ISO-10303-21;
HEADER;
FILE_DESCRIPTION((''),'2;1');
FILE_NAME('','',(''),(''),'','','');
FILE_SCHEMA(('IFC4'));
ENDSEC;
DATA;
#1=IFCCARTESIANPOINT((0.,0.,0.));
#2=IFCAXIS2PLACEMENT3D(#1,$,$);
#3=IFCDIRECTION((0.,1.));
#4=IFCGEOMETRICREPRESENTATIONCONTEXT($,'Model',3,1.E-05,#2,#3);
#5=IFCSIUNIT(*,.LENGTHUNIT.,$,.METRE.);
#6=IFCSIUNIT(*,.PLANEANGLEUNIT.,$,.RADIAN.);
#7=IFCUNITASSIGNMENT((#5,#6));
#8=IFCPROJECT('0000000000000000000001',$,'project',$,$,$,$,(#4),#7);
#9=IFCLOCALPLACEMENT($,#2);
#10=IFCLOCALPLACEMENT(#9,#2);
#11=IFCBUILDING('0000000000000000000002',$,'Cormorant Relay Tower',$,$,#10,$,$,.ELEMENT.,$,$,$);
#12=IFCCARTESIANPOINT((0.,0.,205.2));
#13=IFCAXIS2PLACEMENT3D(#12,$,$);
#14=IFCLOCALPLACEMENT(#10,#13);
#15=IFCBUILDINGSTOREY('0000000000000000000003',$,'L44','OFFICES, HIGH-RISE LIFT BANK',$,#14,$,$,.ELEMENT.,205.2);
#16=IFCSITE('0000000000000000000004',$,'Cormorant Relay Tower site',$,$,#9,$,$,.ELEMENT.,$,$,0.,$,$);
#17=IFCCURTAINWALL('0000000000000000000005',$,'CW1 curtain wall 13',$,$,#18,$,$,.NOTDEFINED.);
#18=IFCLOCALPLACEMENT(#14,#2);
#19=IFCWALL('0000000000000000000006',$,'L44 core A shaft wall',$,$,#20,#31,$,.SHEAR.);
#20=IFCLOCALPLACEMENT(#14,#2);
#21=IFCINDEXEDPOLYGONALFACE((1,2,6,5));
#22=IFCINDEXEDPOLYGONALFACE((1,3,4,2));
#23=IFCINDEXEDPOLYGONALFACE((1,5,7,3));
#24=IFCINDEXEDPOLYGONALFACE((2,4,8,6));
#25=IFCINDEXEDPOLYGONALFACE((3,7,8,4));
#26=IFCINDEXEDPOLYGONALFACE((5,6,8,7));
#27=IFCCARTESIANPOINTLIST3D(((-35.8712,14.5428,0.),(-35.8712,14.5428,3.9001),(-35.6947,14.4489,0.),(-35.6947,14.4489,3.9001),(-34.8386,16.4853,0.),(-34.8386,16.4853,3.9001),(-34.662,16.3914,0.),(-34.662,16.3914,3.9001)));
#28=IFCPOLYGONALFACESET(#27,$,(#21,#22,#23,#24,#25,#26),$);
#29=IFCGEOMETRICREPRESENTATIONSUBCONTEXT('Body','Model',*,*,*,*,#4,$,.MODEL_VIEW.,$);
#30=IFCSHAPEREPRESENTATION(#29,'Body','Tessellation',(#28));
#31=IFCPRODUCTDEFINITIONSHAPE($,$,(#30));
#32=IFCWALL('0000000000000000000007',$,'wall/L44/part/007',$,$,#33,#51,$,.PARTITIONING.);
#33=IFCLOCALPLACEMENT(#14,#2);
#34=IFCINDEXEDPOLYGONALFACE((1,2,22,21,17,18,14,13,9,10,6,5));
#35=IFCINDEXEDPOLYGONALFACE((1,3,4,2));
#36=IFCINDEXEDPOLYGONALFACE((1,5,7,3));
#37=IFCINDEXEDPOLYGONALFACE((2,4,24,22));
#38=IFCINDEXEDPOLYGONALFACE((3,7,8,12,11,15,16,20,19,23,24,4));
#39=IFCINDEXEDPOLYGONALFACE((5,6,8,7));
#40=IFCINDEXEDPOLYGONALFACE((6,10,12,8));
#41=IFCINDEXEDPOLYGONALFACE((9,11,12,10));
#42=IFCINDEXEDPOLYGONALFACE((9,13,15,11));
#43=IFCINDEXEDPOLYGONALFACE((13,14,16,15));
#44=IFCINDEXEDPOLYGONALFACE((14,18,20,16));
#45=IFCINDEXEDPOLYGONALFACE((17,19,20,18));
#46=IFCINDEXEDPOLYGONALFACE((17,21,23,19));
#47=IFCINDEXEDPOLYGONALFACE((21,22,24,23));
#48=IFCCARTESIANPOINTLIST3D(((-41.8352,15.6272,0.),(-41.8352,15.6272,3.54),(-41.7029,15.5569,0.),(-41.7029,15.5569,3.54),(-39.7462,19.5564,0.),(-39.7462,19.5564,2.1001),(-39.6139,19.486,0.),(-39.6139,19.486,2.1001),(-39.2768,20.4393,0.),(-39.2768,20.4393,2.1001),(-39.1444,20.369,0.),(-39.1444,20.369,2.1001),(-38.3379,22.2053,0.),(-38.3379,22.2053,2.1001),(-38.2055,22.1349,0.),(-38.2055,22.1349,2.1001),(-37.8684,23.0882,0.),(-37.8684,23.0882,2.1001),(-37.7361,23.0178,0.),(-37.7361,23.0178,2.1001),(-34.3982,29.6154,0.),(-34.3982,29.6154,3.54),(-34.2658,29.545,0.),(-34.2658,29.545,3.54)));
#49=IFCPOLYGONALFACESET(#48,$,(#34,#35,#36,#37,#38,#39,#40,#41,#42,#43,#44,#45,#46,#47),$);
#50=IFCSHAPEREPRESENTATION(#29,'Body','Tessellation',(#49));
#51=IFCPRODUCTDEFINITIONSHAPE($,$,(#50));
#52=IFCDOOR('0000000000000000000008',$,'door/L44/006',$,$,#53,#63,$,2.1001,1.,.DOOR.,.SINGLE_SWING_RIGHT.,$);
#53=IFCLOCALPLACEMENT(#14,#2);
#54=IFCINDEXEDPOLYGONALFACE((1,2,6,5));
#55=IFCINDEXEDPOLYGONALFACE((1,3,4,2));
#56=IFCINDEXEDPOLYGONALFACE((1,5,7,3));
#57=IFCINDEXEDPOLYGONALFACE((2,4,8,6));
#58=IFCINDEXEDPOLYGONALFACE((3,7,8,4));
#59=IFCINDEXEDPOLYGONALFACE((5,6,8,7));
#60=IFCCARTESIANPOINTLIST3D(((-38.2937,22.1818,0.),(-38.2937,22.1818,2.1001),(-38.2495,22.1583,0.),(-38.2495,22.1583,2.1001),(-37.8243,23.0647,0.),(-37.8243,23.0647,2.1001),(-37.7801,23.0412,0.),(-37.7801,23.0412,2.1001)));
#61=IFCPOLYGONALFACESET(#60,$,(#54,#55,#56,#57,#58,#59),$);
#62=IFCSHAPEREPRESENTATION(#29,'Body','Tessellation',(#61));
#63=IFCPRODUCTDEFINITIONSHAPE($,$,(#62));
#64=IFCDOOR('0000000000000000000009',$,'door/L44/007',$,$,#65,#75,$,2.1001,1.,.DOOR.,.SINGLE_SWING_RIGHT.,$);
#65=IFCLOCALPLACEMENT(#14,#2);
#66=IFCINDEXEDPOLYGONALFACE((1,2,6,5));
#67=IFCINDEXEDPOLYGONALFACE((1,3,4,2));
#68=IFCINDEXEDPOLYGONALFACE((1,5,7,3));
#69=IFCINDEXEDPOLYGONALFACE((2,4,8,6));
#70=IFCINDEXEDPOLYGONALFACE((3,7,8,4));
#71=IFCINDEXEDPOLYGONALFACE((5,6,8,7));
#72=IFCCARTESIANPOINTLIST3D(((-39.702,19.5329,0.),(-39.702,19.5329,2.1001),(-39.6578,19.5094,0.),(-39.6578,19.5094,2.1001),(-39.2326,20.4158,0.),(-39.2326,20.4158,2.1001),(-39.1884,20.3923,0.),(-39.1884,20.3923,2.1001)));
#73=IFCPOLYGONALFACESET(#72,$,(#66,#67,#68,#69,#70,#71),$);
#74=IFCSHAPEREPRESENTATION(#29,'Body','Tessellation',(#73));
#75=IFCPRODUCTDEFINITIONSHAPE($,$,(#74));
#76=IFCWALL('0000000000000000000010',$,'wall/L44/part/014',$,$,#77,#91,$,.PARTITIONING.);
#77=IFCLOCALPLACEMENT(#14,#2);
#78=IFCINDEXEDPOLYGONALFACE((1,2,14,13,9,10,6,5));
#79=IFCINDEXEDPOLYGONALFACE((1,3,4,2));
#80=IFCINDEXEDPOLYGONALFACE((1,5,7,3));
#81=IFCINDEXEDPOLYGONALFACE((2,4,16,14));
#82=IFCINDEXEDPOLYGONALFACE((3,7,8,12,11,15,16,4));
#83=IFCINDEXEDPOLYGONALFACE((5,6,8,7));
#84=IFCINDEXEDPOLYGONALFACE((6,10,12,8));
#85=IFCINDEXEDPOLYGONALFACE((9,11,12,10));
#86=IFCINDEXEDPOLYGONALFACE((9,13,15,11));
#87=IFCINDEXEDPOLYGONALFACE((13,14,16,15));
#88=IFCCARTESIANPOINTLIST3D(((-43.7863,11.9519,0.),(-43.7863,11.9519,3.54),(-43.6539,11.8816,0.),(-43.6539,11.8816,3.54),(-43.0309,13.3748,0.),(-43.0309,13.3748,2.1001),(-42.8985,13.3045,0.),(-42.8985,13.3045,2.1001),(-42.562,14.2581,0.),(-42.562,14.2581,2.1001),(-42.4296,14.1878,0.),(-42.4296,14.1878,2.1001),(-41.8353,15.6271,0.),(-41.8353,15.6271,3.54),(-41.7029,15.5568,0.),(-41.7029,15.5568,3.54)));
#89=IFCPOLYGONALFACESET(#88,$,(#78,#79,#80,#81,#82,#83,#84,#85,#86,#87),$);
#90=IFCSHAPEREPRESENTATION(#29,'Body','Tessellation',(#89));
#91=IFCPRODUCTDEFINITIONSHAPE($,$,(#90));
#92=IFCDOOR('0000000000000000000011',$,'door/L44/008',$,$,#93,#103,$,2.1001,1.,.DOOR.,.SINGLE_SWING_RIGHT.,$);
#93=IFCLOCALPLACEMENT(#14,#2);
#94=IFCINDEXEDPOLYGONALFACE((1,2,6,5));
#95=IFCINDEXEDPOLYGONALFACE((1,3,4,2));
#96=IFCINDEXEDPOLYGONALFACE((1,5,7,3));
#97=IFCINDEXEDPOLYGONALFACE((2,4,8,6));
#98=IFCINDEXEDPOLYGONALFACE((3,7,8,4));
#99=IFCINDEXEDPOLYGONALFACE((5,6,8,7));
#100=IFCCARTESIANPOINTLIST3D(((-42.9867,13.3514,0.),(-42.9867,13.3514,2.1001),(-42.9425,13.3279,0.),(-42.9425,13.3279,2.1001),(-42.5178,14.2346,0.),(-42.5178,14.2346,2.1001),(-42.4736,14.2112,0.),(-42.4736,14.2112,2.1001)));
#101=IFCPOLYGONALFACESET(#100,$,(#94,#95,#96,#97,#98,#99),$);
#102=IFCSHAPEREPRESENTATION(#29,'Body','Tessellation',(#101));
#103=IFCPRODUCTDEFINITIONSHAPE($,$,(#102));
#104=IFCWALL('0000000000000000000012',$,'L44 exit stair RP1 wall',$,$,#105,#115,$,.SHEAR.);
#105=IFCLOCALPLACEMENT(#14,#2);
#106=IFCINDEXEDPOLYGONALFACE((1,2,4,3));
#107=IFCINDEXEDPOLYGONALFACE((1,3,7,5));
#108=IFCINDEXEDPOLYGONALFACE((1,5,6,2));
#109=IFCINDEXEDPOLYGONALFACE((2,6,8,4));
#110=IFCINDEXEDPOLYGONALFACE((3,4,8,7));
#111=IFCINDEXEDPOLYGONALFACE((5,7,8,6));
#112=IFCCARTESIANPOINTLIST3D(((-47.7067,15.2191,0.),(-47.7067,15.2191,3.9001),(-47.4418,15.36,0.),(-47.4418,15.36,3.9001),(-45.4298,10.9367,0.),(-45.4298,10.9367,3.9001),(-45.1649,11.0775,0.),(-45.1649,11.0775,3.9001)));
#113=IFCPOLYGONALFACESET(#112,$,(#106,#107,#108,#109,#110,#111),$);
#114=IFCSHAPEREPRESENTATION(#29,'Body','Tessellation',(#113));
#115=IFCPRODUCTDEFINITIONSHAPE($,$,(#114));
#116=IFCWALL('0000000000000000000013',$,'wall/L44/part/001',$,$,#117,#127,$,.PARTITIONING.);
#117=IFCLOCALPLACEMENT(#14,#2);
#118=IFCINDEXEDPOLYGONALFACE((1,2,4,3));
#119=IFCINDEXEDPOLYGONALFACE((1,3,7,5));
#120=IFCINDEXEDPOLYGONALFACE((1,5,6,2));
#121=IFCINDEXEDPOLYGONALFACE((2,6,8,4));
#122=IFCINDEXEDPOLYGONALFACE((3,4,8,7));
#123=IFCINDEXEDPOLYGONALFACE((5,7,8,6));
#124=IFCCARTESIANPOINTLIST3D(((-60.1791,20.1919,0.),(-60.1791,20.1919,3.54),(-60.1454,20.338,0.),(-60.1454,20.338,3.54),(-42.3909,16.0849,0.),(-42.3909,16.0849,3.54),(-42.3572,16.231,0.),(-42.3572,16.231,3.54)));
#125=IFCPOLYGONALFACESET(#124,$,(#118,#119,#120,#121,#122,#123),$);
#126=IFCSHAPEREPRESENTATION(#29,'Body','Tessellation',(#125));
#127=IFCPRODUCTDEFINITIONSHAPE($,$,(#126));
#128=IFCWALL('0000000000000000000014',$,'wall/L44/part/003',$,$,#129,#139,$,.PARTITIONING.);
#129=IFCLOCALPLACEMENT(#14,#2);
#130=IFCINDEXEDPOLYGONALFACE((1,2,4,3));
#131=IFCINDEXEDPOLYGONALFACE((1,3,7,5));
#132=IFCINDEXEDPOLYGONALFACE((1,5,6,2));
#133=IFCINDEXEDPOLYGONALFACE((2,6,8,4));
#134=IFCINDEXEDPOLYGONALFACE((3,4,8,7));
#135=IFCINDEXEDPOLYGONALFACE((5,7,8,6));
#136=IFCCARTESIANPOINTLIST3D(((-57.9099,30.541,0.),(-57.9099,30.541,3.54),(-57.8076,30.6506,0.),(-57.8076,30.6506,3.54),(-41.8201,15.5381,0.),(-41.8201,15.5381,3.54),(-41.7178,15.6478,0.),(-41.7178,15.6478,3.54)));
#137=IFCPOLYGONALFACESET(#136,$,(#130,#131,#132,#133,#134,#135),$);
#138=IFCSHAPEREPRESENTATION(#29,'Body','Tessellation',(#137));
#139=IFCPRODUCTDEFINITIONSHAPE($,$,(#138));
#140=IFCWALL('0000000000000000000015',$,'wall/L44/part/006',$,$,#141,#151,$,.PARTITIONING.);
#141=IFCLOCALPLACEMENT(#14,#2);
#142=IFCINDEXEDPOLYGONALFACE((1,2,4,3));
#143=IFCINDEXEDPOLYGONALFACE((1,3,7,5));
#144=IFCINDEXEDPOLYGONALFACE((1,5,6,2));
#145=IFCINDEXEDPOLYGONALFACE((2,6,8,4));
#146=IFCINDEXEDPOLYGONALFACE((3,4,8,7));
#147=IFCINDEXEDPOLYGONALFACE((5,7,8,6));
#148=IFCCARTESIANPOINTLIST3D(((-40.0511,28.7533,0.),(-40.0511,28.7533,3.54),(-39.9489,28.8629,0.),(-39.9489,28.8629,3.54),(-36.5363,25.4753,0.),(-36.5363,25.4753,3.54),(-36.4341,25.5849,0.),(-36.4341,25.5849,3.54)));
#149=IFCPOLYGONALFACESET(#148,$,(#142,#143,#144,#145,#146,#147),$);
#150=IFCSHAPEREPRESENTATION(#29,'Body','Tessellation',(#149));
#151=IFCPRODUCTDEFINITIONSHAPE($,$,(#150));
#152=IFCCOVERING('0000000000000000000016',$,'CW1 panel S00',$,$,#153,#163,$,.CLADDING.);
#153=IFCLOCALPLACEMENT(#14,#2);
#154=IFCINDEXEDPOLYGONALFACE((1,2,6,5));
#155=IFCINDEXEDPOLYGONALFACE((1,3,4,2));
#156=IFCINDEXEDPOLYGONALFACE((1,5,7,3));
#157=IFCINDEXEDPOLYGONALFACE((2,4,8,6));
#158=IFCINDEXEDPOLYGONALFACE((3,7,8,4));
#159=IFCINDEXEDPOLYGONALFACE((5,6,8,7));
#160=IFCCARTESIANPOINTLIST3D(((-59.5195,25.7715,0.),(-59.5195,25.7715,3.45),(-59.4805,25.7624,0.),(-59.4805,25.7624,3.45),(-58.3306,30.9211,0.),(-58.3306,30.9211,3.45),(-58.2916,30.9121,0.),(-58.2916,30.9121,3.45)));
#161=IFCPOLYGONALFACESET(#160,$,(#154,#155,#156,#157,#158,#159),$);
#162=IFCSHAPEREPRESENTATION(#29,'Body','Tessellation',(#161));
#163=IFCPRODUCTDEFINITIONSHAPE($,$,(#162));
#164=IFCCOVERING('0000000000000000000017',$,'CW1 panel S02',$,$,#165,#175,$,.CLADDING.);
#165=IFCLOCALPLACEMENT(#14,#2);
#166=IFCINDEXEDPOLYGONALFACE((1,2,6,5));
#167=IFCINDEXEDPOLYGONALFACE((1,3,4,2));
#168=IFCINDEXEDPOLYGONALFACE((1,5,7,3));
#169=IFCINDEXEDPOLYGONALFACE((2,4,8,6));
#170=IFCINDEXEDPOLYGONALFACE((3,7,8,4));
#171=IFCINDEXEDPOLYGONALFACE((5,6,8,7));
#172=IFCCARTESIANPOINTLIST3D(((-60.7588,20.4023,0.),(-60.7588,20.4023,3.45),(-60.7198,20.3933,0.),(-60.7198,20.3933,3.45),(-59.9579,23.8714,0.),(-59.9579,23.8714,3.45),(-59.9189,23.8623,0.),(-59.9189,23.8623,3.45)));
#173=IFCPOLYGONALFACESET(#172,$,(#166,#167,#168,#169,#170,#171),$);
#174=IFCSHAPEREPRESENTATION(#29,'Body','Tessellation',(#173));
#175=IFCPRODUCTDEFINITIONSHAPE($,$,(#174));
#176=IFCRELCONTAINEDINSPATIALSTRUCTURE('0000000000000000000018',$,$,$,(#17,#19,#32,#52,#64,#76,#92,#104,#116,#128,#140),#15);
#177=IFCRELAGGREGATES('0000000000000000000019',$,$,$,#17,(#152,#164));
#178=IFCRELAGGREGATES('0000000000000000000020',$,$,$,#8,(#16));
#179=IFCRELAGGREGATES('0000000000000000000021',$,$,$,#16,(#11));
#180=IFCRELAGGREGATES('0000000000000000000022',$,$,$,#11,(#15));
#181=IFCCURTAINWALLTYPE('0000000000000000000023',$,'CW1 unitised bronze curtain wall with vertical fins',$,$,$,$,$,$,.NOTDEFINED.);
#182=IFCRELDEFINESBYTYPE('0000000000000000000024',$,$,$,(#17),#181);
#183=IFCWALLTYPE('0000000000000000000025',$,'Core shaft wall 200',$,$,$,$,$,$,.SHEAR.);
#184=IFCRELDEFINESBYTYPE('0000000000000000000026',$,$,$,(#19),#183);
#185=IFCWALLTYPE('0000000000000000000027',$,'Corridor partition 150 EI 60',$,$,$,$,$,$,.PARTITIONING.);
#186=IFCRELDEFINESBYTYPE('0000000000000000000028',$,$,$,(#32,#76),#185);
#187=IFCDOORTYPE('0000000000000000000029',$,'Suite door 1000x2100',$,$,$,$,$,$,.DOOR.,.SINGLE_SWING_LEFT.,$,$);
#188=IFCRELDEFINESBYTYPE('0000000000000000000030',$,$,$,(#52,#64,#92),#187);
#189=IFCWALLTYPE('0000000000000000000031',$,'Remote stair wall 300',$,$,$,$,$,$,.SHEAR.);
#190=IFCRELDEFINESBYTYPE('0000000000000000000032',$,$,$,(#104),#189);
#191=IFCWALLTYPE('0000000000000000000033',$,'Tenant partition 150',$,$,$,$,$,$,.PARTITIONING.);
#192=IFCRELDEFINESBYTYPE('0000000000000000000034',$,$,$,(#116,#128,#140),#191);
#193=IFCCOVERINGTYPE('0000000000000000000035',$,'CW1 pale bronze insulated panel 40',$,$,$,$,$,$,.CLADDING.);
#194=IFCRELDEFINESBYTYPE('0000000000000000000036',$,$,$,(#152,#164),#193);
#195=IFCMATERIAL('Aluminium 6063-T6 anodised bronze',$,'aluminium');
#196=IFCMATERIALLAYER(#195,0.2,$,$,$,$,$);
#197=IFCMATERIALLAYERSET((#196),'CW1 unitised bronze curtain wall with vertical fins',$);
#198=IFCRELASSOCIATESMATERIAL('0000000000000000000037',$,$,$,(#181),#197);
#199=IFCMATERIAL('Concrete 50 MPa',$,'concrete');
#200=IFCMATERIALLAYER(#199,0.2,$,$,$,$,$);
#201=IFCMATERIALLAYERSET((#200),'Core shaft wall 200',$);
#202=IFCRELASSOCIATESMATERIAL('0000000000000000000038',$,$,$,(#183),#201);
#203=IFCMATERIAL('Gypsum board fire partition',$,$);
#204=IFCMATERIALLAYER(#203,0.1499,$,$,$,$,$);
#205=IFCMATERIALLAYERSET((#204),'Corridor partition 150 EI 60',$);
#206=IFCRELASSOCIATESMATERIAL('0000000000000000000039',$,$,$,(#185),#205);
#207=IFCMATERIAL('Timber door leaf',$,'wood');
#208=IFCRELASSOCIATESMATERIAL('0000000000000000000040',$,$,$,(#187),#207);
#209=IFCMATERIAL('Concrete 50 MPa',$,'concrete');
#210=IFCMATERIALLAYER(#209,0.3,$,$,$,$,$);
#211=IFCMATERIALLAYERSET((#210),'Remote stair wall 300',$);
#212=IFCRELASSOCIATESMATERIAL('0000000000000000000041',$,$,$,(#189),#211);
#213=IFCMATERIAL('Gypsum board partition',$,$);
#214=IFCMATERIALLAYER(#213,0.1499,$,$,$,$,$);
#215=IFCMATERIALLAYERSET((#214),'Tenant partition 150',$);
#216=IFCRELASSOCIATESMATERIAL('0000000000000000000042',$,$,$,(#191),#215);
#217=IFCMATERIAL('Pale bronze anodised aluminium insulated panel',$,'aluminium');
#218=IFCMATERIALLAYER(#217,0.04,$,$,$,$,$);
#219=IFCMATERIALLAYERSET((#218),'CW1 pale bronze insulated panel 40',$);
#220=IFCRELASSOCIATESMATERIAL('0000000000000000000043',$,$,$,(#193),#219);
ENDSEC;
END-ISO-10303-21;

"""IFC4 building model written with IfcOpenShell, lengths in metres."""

from ifc_helpers import new_model, si_unit, direction, frame, frame_2d, origin, origin_2d, place, context, subcontext, project, spatial, rectangle, extrude, material, layer, layer_set, type_object, element, fill, aggregate, save


model = new_model("IFC4")

# Units and contexts
model_context = context("Model", 3, precision=1e-05, world=origin(), true_north=direction((0.0, 1.0)))
body_context = subcontext(model_context, "Body", "Model", "MODEL_VIEW")
ifc_project = project(units=[si_unit("LENGTHUNIT", "METRE"), si_unit("PLANEANGLEUNIT", "RADIAN")], contexts=[model_context])

# Site, building, storey
site_placement = place(None, origin())
site = spatial("IfcSite", under=ifc_project, at=site_placement, Name="Cormorant Relay Tower site", CompositionType="ELEMENT", RefElevation=0.0)
building_placement = place(site_placement, origin())
building = spatial("IfcBuilding", under=site, at=building_placement, Name="Cormorant Relay Tower", CompositionType="ELEMENT")
storey_placement = place(building_placement, frame((0.0, 0.0, 205.2)))
storey = spatial("IfcBuildingStorey", under=building, at=storey_placement, Name="L44", Description="OFFICES, HIGH-RISE LIFT BANK", CompositionType="ELEMENT", Elevation=205.2)

# Curtain wall
ifc_material_1 = material(Name="Aluminium 6063-T6 anodised bronze", Category="aluminium")
ifc_layer_1 = layer(ifc_material_1, 0.2)
ifc_layer_set_1 = layer_set([ifc_layer_1], Name="CW1 unitised bronze curtain wall with vertical fins")
curtain_wall_type = type_object("IfcCurtainWallType", Name="CW1 unitised bronze curtain wall with vertical fins", PredefinedType="NOTDEFINED", material=ifc_layer_set_1)
curtain_wall_1_placement = place(storey_placement, origin())
curtain_wall_1 = element("IfcCurtainWall", 1, at=curtain_wall_1_placement, inside=storey, type_object=curtain_wall_type, Name="CW1 curtain wall 13", PredefinedType="NOTDEFINED")

# Wall
ifc_material_2 = material(Name="Concrete 50 MPa", Category="concrete")
ifc_layer_2 = layer(ifc_material_2, 0.2)
ifc_layer_set_2 = layer_set([ifc_layer_2], Name="Core shaft wall 200")
wall_type_1 = type_object("IfcWallType", Name="Core shaft wall 200", PredefinedType="SHEAR", material=ifc_layer_set_2)
wall_1_placement = place(storey_placement, frame((-34.7502, 16.4385, 0.0), z_axis=(0.0, 0.0, 1.0), x_axis=(-0.469401, -0.882985, 0.0)))
element("IfcWall", 2, at=wall_1_placement, inside=storey, type_object=wall_type_1, Name="L44 core A shaft wall", PredefinedType="SHEAR", context=body_context, shape_type="SweptSolid", body=[
    extrude(rectangle(XDim=2.2, YDim=0.2, at=frame_2d((1.1001, 0.0))), origin(), (0.0, 0.0, 1.0), 3.9001),
])

# Wall, openings, doors
ifc_material_3 = material(Name="Gypsum board fire partition")
ifc_layer_3 = layer(ifc_material_3, 0.1499)
ifc_layer_set_3 = layer_set([ifc_layer_3], Name="Corridor partition 150 EI 60")
wall_type_2 = type_object("IfcWallType", Name="Corridor partition 150 EI 60", PredefinedType="PARTITIONING", material=ifc_layer_set_3)
wall_2_placement = place(storey_placement, frame((-41.769, 15.592, 0.0), z_axis=(0.0, 0.0, 1.0), x_axis=(0.469444, 0.882962, 0.0)))
wall_2 = element("IfcWall", 3, at=wall_2_placement, inside=storey, type_object=wall_type_2, Name="wall/L44/part/007", PredefinedType="PARTITIONING", context=body_context, shape_type="SweptSolid", body=[
    extrude(rectangle(XDim=15.8423, YDim=0.1499, at=frame_2d((7.9211, 0.0))), origin(), (0.0, 0.0, 1.0), 3.54),
])
opening_1_placement = place(wall_2_placement, frame((7.45, 0.0, 0.0)))
opening_1 = element("IfcOpeningElement", 4, at=opening_1_placement, cuts=wall_2, PredefinedType="OPENING", context=body_context, shape_type="SweptSolid", body=[
    extrude(rectangle(XDim=1.0, YDim=2.1001, at=frame_2d((0.5, 1.05))), frame((0.0, 0.085, 0.0), z_axis=(0.0, -1.0, 0.0), x_axis=(1.0, 0.0, 0.0)), (0.0, 0.0, 1.0), 0.1699),
])
opening_2_placement = place(wall_2_placement, frame((4.45, 0.0, 0.0)))
opening_2 = element("IfcOpeningElement", 5, at=opening_2_placement, cuts=wall_2, PredefinedType="OPENING", context=body_context, shape_type="SweptSolid", body=[
    extrude(rectangle(XDim=1.0, YDim=2.1001, at=frame_2d((0.5, 1.05))), frame((0.0, 0.085, 0.0), z_axis=(0.0, -1.0, 0.0), x_axis=(1.0, 0.0, 0.0)), (0.0, 0.0, 1.0), 0.1699),
])
ifc_material_4 = material(Name="Timber door leaf", Category="wood")
door_type = type_object("IfcDoorType", Name="Suite door 1000x2100", OperationType="SINGLE_SWING_LEFT", PredefinedType="DOOR", material=ifc_material_4)
door_1_placement = place(opening_1_placement, origin())
door_1 = element("IfcDoor", 6, at=door_1_placement, inside=storey, type_object=door_type, Name="door/L44/006", OperationType="SINGLE_SWING_RIGHT", OverallHeight=2.1001, OverallWidth=1.0, PredefinedType="DOOR", context=body_context, shape_type="SweptSolid", body=[
    extrude(rectangle(XDim=1.0, YDim=2.1001, at=frame_2d((0.5, 1.05))), frame((0.0, 0.0249, 0.0), z_axis=(0.0, -1.0, 0.0), x_axis=(1.0, 0.0, 0.0)), (0.0, 0.0, 1.0), 0.05),
])
fill(opening_1, door_1)
door_2_placement = place(opening_2_placement, origin())
door_2 = element("IfcDoor", 7, at=door_2_placement, inside=storey, type_object=door_type, Name="door/L44/007", OperationType="SINGLE_SWING_RIGHT", OverallHeight=2.1001, OverallWidth=1.0, PredefinedType="DOOR", context=body_context, shape_type="SweptSolid", body=[
    extrude(rectangle(XDim=1.0, YDim=2.1001, at=frame_2d((0.5, 1.05))), frame((0.0, 0.0249, 0.0), z_axis=(0.0, -1.0, 0.0), x_axis=(1.0, 0.0, 0.0)), (0.0, 0.0, 1.0), 0.05),
])
fill(opening_2, door_2)

# Wall, opening, door
wall_3_placement = place(storey_placement, frame((-41.769, 15.592, 0.0), z_axis=(0.0, 0.0, 1.0), x_axis=(-0.468885, -0.883259, 0.0)))
wall_3 = element("IfcWall", 8, at=wall_3_placement, inside=storey, type_object=wall_type_2, Name="wall/L44/part/014", PredefinedType="PARTITIONING", context=body_context, shape_type="SweptSolid", body=[
    extrude(rectangle(XDim=4.1609, YDim=0.1499, at=frame_2d((2.0806, 0.0))), origin(), (0.0, 0.0, 1.0), 3.54),
])
opening_3_placement = place(wall_3_placement, frame((1.55, 0.0, 0.0)))
opening_3 = element("IfcOpeningElement", 9, at=opening_3_placement, cuts=wall_3, PredefinedType="OPENING", context=body_context, shape_type="SweptSolid", body=[
    extrude(rectangle(XDim=1.0, YDim=2.1001, at=frame_2d((0.5, 1.05))), frame((0.0, 0.085, 0.0), z_axis=(0.0, -1.0, 0.0), x_axis=(1.0, 0.0, 0.0)), (0.0, 0.0, 1.0), 0.1699),
])
door_3_placement = place(opening_3_placement, frame((1.0, 0.0, 0.0), z_axis=(0.0, 0.0, 1.0), x_axis=(-1.0, 0.0, 0.0)))
door_3 = element("IfcDoor", 10, at=door_3_placement, inside=storey, type_object=door_type, Name="door/L44/008", OperationType="SINGLE_SWING_RIGHT", OverallHeight=2.1001, OverallWidth=1.0, PredefinedType="DOOR", context=body_context, shape_type="SweptSolid", body=[
    extrude(rectangle(XDim=1.0, YDim=2.1001, at=frame_2d((0.5, 1.05))), frame((0.0, 0.0249, 0.0), z_axis=(0.0, -1.0, 0.0), x_axis=(1.0, 0.0, 0.0)), (0.0, 0.0, 1.0), 0.05),
])
fill(opening_3, door_3)

# Walls
ifc_material_5 = material(Name="Concrete 50 MPa", Category="concrete")
ifc_layer_4 = layer(ifc_material_5, 0.3)
ifc_layer_set_4 = layer_set([ifc_layer_4], Name="Remote stair wall 300")
wall_type_3 = type_object("IfcWallType", Name="Remote stair wall 300", PredefinedType="SHEAR", material=ifc_layer_set_4)
wall_4_placement = place(storey_placement, frame((-47.5742, 15.2896, 0.0), z_axis=(0.0, 0.0, 1.0), x_axis=(0.469443, -0.882963, 0.0)))
element("IfcWall", 11, at=wall_4_placement, inside=storey, type_object=wall_type_3, Name="L44 exit stair RP1 wall", PredefinedType="SHEAR", context=body_context, shape_type="SweptSolid", body=[
    extrude(rectangle(XDim=4.8501, YDim=0.3, at=frame_2d((2.425, 0.0))), origin(), (0.0, 0.0, 1.0), 3.9001),
])
ifc_material_6 = material(Name="Gypsum board partition")
ifc_layer_5 = layer(ifc_material_6, 0.1499)
ifc_layer_set_5 = layer_set([ifc_layer_5], Name="Tenant partition 150")
wall_type_4 = type_object("IfcWallType", Name="Tenant partition 150", PredefinedType="PARTITIONING", material=ifc_layer_set_5)
wall_5_placement = place(storey_placement, frame((-60.1621, 20.2649, 0.0), z_axis=(0.0, 0.0, 1.0), x_axis=(0.974367, -0.224963, 0.0)))
element("IfcWall", 12, at=wall_5_placement, inside=storey, type_object=wall_type_4, Name="wall/L44/part/001", PredefinedType="PARTITIONING", context=body_context, shape_type="SweptSolid", body=[
    extrude(rectangle(XDim=18.2561, YDim=0.1499, at=frame_2d((9.1279, 0.0))), origin(), (0.0, 0.0, 1.0), 3.54),
])
wall_6_placement = place(storey_placement, frame((-41.769, 15.593, 0.0), z_axis=(0.0, 0.0, 1.0), x_axis=(-0.731378, 0.681972, 0.0)))
element("IfcWall", 13, at=wall_6_placement, inside=storey, type_object=wall_type_4, Name="wall/L44/part/003", PredefinedType="PARTITIONING", context=body_context, shape_type="SweptSolid", body=[
    extrude(rectangle(XDim=21.9993, YDim=0.1499, at=frame_2d((10.9995, 0.0))), origin(), (0.0, 0.0, 1.0), 3.54),
])
wall_7_placement = place(storey_placement, frame((-40.0, 28.8081, 0.0), z_axis=(0.0, 0.0, 1.0), x_axis=(0.731314, -0.682041, 0.0)))
element("IfcWall", 14, at=wall_7_placement, inside=storey, type_object=wall_type_4, Name="wall/L44/part/006", PredefinedType="PARTITIONING", context=body_context, shape_type="SweptSolid", body=[
    extrude(rectangle(XDim=4.8062, YDim=0.1499, at=frame_2d((2.4031, 0.0))), origin(), (0.0, 0.0, 1.0), 3.54),
])

# Coverings
ifc_material_7 = material(Name="Pale bronze anodised aluminium insulated panel", Category="aluminium")
ifc_layer_6 = layer(ifc_material_7, 0.04)
ifc_layer_set_6 = layer_set([ifc_layer_6], Name="CW1 pale bronze insulated panel 40")
covering_type = type_object("IfcCoveringType", Name="CW1 pale bronze insulated panel 40", PredefinedType="CLADDING", material=ifc_layer_set_6)
covering_1_placement = place(storey_placement, frame((-58.9055, 28.3418, 0.0), z_axis=(0.0, 0.0, 1.0), x_axis=(-0.224951, -0.97437, 0.0)))
covering_1 = element("IfcCovering", 15, at=covering_1_placement, type_object=covering_type, Name="CW1 panel S00", PredefinedType="CLADDING", context=body_context, shape_type="SweptSolid", body=[
    extrude(rectangle(XDim=5.2852, YDim=0.04, at=origin_2d()), origin(), (0.0, 0.0, 1.0), 3.45),
])
covering_2_placement = place(storey_placement, frame((-60.3389, 22.1323, 0.0), z_axis=(0.0, 0.0, 1.0), x_axis=(-0.224951, -0.97437, 0.0)))
covering_2 = element("IfcCovering", 16, at=covering_2_placement, type_object=covering_type, Name="CW1 panel S02", PredefinedType="CLADDING", context=body_context, shape_type="SweptSolid", body=[
    extrude(rectangle(XDim=3.5603, YDim=0.04, at=origin_2d()), origin(), (0.0, 0.0, 1.0), 3.45),
])
aggregate(curtain_wall_1, [covering_1, covering_2])

save(model, "model.ifc")
